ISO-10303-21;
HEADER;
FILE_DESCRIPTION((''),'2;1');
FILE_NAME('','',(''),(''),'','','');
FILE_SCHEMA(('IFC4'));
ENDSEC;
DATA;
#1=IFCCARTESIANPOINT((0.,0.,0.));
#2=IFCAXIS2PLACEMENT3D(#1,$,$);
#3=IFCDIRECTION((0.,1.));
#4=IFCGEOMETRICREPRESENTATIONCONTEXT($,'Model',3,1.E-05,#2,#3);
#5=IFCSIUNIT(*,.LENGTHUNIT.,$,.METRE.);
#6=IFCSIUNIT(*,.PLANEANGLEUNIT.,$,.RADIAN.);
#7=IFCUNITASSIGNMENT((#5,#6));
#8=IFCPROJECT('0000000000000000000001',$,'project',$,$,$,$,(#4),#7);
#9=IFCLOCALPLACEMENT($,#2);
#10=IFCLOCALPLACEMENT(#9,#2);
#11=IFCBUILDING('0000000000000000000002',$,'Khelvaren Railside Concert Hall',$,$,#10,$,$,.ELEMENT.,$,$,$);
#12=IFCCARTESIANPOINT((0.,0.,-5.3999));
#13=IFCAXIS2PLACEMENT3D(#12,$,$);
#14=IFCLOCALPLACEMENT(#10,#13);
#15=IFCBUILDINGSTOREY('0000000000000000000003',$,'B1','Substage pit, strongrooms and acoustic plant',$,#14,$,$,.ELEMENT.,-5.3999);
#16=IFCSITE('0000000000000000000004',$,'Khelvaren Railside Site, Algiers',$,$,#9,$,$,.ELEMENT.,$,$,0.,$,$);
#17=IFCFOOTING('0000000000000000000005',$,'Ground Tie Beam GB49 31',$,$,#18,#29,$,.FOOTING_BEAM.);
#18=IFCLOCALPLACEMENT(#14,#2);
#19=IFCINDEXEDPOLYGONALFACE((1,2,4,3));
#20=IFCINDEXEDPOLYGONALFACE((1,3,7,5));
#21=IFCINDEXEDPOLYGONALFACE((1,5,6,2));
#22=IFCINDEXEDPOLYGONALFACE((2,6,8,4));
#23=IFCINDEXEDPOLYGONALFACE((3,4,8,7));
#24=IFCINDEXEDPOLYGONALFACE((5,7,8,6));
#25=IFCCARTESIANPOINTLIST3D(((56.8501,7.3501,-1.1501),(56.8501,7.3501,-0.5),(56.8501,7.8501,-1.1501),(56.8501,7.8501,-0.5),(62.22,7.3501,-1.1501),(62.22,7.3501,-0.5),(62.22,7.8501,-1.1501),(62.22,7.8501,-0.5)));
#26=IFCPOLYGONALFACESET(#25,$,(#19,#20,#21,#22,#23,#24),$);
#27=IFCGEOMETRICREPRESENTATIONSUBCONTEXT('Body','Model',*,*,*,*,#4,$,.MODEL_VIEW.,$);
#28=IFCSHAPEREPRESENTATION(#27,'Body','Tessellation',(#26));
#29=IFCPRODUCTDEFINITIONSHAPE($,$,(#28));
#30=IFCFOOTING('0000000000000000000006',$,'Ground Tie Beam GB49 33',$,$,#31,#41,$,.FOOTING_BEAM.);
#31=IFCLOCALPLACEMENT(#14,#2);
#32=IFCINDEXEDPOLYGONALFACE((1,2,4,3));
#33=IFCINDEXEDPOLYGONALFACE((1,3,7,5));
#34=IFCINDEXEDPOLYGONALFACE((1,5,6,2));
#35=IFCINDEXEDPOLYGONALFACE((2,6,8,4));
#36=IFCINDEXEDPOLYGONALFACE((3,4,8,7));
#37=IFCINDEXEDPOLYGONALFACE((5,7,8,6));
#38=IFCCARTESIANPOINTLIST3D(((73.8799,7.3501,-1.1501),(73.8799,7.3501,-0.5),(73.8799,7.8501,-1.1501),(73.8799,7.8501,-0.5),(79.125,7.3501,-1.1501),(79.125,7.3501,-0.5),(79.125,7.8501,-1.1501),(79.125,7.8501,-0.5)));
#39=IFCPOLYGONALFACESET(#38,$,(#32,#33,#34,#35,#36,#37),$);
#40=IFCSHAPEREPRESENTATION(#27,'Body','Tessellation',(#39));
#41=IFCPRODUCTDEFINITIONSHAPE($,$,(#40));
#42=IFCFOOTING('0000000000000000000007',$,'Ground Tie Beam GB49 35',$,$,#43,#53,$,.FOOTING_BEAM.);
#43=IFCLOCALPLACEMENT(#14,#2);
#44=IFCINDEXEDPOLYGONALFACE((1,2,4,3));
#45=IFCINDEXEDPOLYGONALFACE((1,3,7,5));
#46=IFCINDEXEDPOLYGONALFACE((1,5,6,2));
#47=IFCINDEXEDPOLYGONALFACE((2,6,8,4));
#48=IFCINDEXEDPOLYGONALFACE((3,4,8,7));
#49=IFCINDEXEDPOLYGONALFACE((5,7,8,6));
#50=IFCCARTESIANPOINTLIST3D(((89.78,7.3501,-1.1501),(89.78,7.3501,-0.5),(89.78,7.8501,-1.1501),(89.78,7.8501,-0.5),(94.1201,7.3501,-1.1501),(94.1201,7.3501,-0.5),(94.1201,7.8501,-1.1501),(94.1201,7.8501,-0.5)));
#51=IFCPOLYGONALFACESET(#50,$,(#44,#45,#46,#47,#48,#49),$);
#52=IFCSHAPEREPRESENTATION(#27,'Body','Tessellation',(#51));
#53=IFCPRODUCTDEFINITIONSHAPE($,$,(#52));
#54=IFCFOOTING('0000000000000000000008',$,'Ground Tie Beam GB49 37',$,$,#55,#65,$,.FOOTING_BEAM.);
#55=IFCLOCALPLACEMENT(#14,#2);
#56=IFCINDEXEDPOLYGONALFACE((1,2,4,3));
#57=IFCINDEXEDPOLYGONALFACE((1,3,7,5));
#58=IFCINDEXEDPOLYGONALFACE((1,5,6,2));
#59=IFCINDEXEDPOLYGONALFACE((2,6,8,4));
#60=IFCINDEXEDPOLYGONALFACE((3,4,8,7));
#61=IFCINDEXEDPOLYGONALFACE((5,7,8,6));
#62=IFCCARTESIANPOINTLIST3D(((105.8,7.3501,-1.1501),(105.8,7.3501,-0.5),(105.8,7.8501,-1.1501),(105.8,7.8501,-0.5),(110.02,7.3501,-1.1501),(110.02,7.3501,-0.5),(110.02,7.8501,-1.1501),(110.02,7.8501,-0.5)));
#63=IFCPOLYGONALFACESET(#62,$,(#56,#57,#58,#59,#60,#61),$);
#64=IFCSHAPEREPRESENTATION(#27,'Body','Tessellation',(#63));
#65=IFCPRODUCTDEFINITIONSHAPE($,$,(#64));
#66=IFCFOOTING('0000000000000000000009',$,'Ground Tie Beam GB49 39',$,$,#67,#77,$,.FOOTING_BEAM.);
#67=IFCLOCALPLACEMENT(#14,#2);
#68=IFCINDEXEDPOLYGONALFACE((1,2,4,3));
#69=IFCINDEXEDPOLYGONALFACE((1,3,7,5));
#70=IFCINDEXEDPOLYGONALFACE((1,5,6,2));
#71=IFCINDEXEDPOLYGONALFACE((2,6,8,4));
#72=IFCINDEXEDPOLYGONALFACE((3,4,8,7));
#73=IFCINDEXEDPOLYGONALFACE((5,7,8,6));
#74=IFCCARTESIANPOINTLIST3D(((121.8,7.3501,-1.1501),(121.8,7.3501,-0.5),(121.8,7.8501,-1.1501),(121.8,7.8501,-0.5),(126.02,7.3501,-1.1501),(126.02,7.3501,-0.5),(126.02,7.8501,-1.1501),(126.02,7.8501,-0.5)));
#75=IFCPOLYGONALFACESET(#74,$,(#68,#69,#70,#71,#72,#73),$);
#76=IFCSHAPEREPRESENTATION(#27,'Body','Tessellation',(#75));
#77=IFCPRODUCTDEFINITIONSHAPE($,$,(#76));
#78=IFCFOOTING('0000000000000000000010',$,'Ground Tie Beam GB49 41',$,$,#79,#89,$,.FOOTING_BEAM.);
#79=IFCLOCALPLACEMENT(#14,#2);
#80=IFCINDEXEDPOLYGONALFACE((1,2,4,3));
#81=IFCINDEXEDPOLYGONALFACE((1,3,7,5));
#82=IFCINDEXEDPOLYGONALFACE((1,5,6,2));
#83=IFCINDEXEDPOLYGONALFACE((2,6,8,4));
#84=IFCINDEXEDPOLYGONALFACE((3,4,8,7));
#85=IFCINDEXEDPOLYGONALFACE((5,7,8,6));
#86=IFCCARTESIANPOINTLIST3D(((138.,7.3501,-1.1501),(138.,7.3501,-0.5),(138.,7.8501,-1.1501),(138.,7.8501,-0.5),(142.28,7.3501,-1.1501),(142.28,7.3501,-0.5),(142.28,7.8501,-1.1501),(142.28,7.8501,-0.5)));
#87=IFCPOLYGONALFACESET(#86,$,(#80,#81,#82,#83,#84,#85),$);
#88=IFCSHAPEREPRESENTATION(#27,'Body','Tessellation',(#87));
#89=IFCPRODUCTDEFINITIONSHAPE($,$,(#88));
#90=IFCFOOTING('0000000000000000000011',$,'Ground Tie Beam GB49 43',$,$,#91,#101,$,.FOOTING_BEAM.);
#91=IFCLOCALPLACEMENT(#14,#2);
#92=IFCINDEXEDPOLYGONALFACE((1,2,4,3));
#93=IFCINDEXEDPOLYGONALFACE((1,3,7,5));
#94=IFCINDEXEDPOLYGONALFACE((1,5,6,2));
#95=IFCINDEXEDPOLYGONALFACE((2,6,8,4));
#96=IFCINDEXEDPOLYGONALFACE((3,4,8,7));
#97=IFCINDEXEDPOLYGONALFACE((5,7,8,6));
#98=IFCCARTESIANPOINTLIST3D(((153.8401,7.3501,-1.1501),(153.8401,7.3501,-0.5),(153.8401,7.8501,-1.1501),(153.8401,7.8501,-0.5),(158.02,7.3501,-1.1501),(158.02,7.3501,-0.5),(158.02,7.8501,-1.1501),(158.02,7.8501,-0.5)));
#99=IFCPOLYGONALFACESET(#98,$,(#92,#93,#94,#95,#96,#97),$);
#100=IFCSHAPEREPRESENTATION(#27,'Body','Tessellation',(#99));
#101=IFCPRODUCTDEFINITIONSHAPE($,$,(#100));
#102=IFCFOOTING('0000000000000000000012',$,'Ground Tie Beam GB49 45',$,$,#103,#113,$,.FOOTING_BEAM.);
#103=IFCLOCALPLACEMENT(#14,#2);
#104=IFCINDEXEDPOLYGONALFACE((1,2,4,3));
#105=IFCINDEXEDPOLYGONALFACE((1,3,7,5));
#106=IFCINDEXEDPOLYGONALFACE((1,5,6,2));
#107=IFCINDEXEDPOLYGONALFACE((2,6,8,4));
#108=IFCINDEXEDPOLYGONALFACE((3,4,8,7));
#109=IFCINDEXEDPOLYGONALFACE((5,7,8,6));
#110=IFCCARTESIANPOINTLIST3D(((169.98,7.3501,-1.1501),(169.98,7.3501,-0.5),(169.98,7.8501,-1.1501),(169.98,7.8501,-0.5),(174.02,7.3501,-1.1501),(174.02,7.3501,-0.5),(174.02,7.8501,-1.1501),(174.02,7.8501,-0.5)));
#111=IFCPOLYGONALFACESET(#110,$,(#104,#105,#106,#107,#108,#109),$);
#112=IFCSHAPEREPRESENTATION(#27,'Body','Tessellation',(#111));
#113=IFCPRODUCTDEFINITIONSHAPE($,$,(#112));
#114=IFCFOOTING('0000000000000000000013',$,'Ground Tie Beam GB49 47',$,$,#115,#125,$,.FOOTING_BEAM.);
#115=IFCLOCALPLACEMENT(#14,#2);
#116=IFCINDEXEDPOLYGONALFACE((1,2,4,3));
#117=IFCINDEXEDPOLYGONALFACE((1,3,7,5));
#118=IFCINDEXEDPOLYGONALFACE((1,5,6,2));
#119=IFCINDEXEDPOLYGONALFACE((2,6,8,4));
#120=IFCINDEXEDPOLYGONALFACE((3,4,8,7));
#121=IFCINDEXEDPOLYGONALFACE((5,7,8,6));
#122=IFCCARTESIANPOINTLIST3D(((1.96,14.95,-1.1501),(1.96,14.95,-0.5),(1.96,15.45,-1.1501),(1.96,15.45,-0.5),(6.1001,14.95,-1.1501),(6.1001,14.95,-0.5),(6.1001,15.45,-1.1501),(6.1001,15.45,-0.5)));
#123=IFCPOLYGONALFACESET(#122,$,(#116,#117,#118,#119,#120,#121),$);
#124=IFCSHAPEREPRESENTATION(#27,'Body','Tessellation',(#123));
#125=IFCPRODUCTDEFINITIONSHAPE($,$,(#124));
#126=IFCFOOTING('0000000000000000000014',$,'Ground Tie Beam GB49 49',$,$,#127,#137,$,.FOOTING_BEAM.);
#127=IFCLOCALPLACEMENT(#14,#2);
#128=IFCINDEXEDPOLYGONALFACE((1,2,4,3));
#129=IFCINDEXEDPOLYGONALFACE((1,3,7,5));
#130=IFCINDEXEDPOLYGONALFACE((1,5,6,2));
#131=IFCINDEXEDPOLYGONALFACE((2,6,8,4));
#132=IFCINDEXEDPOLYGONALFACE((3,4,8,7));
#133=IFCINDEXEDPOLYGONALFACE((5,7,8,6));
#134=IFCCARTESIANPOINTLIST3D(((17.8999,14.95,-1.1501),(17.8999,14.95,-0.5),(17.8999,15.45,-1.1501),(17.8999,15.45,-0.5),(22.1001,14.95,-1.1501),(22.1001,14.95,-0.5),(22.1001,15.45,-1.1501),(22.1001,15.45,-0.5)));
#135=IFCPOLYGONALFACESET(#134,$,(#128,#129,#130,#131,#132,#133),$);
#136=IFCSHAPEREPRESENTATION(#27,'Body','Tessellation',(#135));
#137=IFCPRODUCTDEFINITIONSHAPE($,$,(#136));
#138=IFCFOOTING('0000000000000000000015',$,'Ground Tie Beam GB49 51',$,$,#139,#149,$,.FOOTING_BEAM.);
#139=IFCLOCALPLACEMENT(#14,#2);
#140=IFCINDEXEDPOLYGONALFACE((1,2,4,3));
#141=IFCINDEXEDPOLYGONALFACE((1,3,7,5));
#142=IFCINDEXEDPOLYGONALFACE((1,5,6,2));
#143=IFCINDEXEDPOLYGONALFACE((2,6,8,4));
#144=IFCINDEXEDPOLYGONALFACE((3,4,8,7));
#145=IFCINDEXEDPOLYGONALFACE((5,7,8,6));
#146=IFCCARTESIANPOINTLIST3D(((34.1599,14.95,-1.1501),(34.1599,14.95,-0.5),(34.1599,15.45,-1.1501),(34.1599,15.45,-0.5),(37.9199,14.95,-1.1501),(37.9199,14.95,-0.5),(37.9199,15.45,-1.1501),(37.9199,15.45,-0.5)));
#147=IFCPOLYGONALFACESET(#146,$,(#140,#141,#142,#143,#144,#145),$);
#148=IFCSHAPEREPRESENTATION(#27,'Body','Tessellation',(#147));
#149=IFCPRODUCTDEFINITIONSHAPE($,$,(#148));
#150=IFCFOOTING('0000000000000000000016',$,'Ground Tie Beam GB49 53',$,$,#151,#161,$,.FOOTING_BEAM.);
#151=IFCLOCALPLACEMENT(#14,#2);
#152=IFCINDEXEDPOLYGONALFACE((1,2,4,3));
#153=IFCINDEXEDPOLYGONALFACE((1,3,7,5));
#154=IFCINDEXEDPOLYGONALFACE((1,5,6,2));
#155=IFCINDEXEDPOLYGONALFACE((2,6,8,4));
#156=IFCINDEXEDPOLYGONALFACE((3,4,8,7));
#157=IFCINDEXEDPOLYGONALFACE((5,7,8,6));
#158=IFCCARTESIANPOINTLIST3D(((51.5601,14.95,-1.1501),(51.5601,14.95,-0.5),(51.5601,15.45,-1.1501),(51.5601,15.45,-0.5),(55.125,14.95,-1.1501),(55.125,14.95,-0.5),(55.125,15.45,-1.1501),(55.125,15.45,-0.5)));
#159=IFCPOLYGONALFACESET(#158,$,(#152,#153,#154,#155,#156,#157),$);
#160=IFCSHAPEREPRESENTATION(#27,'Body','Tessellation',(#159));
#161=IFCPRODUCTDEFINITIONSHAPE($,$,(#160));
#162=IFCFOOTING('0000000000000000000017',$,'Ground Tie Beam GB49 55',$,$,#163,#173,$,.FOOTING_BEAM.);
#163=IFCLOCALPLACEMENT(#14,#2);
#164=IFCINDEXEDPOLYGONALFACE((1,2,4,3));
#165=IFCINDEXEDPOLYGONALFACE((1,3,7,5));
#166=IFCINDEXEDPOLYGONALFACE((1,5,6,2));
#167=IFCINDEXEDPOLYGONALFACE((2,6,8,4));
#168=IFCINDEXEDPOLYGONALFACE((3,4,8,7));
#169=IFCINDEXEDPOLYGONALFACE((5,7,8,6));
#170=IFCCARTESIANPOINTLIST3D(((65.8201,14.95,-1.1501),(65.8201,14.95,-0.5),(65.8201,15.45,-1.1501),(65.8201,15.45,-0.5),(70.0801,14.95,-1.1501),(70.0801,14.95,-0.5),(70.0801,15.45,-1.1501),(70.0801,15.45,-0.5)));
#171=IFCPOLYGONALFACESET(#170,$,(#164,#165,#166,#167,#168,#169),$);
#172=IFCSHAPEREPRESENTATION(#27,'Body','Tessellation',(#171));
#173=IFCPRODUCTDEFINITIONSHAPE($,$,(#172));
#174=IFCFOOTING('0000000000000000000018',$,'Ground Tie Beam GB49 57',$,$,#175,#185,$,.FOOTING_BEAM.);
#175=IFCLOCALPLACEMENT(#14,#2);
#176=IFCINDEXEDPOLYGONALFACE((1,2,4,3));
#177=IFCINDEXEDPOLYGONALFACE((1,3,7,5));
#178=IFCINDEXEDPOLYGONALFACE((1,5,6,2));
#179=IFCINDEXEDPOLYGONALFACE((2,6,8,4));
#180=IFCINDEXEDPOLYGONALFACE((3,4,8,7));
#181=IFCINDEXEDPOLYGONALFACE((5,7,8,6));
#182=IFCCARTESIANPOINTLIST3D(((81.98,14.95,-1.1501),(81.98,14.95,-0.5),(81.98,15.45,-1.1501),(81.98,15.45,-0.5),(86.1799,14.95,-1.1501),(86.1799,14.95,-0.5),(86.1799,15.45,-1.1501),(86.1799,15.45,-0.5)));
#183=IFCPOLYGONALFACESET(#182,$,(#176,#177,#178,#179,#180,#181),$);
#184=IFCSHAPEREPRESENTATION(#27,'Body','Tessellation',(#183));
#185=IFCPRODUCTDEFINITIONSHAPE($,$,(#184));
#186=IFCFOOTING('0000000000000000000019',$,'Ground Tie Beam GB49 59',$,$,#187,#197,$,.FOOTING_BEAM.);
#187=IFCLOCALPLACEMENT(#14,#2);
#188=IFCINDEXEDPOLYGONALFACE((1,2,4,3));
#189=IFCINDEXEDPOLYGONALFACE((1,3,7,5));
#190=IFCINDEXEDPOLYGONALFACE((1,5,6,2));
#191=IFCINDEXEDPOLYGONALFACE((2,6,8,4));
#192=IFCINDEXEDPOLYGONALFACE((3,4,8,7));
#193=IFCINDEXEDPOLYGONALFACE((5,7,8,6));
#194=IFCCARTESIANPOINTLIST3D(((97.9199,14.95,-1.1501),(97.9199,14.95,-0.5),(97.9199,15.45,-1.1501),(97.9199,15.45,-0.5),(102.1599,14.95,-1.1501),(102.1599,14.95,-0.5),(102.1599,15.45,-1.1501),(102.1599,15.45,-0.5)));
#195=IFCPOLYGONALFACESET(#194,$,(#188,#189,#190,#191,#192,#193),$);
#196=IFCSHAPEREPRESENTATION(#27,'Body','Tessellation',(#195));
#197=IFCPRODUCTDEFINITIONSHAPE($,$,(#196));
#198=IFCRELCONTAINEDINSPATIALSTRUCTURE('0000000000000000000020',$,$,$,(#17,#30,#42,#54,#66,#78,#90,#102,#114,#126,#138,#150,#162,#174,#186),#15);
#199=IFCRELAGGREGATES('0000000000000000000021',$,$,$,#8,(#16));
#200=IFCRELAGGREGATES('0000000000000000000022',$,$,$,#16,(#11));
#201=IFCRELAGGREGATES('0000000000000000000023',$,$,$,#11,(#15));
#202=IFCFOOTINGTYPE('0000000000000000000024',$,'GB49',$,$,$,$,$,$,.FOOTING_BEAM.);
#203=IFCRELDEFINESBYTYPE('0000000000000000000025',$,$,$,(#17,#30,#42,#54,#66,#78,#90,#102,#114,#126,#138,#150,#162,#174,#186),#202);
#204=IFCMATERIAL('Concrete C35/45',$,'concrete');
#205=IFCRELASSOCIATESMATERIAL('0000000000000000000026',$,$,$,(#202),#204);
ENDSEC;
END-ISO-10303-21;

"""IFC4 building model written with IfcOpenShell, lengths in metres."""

from ifc_helpers import new_model, si_unit, direction, frame, origin, place, context, subcontext, project, spatial, polyline, outline, extrude, material, type_object, element, save


model = new_model("IFC4")

# Units and contexts
model_context = context("Model", 3, precision=1e-05, world=origin(), true_north=direction((0.0, 1.0)))
body_context = subcontext(model_context, "Body", "Model", "MODEL_VIEW")
ifc_project = project(units=[si_unit("LENGTHUNIT", "METRE"), si_unit("PLANEANGLEUNIT", "RADIAN")], contexts=[model_context])

# Site, building, storey
site_placement = place(None, origin())
site = spatial("IfcSite", under=ifc_project, at=site_placement, Name="Khelvaren Railside Site, Algiers", CompositionType="ELEMENT", RefElevation=0.0)
building_placement = place(site_placement, origin())
building = spatial("IfcBuilding", under=site, at=building_placement, Name="Khelvaren Railside Concert Hall", CompositionType="ELEMENT")
storey_placement = place(building_placement, frame((0.0, 0.0, -5.3999)))
storey = spatial("IfcBuildingStorey", under=building, at=storey_placement, Name="B1", Description="Substage pit, strongrooms and acoustic plant", CompositionType="ELEMENT", Elevation=-5.3999)

# Footings
ifc_material = material(Name="Concrete C35/45", Category="concrete")
footing_type_1 = type_object("IfcFootingType", Name="GB49", PredefinedType="FOOTING_BEAM", material=ifc_material)
footing_1_placement = place(storey_placement, frame((0.0, 0.0, -1.1501)))
element("IfcFooting", 1, at=footing_1_placement, inside=storey, type_object=footing_type_1, Name="Ground Tie Beam GB49 31", PredefinedType="FOOTING_BEAM", context=body_context, shape_type="SweptSolid", body=[
    extrude(outline(polyline([(56.8501, 7.3501), (62.22, 7.3501), (62.22, 7.8501), (56.8501, 7.8501), (56.8501, 7.3501)])), origin(), (0.0, 0.0, 1.0), 0.6501),
])
footing_2_placement = place(storey_placement, frame((0.0, 0.0, -1.1501)))
element("IfcFooting", 2, at=footing_2_placement, inside=storey, type_object=footing_type_1, Name="Ground Tie Beam GB49 33", PredefinedType="FOOTING_BEAM", context=body_context, shape_type="SweptSolid", body=[
    extrude(outline(polyline([(73.8799, 7.3501), (79.125, 7.3501), (79.125, 7.8501), (73.8799, 7.8501), (73.8799, 7.3501)])), origin(), (0.0, 0.0, 1.0), 0.6501),
])
footing_3_placement = place(storey_placement, frame((0.0, 0.0, -1.1501)))
element("IfcFooting", 3, at=footing_3_placement, inside=storey, type_object=footing_type_1, Name="Ground Tie Beam GB49 35", PredefinedType="FOOTING_BEAM", context=body_context, shape_type="SweptSolid", body=[
    extrude(outline(polyline([(89.78, 7.3501), (94.1201, 7.3501), (94.1201, 7.8501), (89.78, 7.8501), (89.78, 7.3501)])), origin(), (0.0, 0.0, 1.0), 0.6501),
])
footing_4_placement = place(storey_placement, frame((0.0, 0.0, -1.1501)))
element("IfcFooting", 4, at=footing_4_placement, inside=storey, type_object=footing_type_1, Name="Ground Tie Beam GB49 37", PredefinedType="FOOTING_BEAM", context=body_context, shape_type="SweptSolid", body=[
    extrude(outline(polyline([(105.8, 7.3501), (110.02, 7.3501), (110.02, 7.8501), (105.8, 7.8501), (105.8, 7.3501)])), origin(), (0.0, 0.0, 1.0), 0.6501),
])
footing_5_placement = place(storey_placement, frame((0.0, 0.0, -1.1501)))
element("IfcFooting", 5, at=footing_5_placement, inside=storey, type_object=footing_type_1, Name="Ground Tie Beam GB49 39", PredefinedType="FOOTING_BEAM", context=body_context, shape_type="SweptSolid", body=[
    extrude(outline(polyline([(121.8, 7.3501), (126.02, 7.3501), (126.02, 7.8501), (121.8, 7.8501), (121.8, 7.3501)])), origin(), (0.0, 0.0, 1.0), 0.6501),
])
footing_6_placement = place(storey_placement, frame((0.0, 0.0, -1.1501)))
element("IfcFooting", 6, at=footing_6_placement, inside=storey, type_object=footing_type_1, Name="Ground Tie Beam GB49 41", PredefinedType="FOOTING_BEAM", context=body_context, shape_type="SweptSolid", body=[
    extrude(outline(polyline([(138.0, 7.3501), (142.28, 7.3501), (142.28, 7.8501), (138.0, 7.8501), (138.0, 7.3501)])), origin(), (0.0, 0.0, 1.0), 0.6501),
])
footing_7_placement = place(storey_placement, frame((0.0, 0.0, -1.1501)))
element("IfcFooting", 7, at=footing_7_placement, inside=storey, type_object=footing_type_1, Name="Ground Tie Beam GB49 43", PredefinedType="FOOTING_BEAM", context=body_context, shape_type="SweptSolid", body=[
    extrude(outline(polyline([(153.8401, 7.3501), (158.02, 7.3501), (158.02, 7.8501), (153.8401, 7.8501), (153.8401, 7.3501)])), origin(), (0.0, 0.0, 1.0), 0.6501),
])
footing_8_placement = place(storey_placement, frame((0.0, 0.0, -1.1501)))
element("IfcFooting", 8, at=footing_8_placement, inside=storey, type_object=footing_type_1, Name="Ground Tie Beam GB49 45", PredefinedType="FOOTING_BEAM", context=body_context, shape_type="SweptSolid", body=[
    extrude(outline(polyline([(169.98, 7.3501), (174.02, 7.3501), (174.02, 7.8501), (169.98, 7.8501), (169.98, 7.3501)])), origin(), (0.0, 0.0, 1.0), 0.6501),
])
footing_9_placement = place(storey_placement, frame((0.0, 0.0, -1.1501)))
element("IfcFooting", 9, at=footing_9_placement, inside=storey, type_object=footing_type_1, Name="Ground Tie Beam GB49 47", PredefinedType="FOOTING_BEAM", context=body_context, shape_type="SweptSolid", body=[
    extrude(outline(polyline([(1.96, 14.95), (6.1001, 14.95), (6.1001, 15.45), (1.96, 15.45), (1.96, 14.95)])), origin(), (0.0, 0.0, 1.0), 0.6501),
])
footing_10_placement = place(storey_placement, frame((0.0, 0.0, -1.1501)))
element("IfcFooting", 10, at=footing_10_placement, inside=storey, type_object=footing_type_1, Name="Ground Tie Beam GB49 49", PredefinedType="FOOTING_BEAM", context=body_context, shape_type="SweptSolid", body=[
    extrude(outline(polyline([(17.8999, 14.95), (22.1001, 14.95), (22.1001, 15.45), (17.8999, 15.45), (17.8999, 14.95)])), origin(), (0.0, 0.0, 1.0), 0.6501),
])
footing_11_placement = place(storey_placement, frame((0.0, 0.0, -1.1501)))
element("IfcFooting", 11, at=footing_11_placement, inside=storey, type_object=footing_type_1, Name="Ground Tie Beam GB49 51", PredefinedType="FOOTING_BEAM", context=body_context, shape_type="SweptSolid", body=[
    extrude(outline(polyline([(34.1599, 14.95), (37.9199, 14.95), (37.9199, 15.45), (34.1599, 15.45), (34.1599, 14.95)])), origin(), (0.0, 0.0, 1.0), 0.6501),
])
footing_12_placement = place(storey_placement, frame((0.0, 0.0, -1.1501)))
element("IfcFooting", 12, at=footing_12_placement, inside=storey, type_object=footing_type_1, Name="Ground Tie Beam GB49 53", PredefinedType="FOOTING_BEAM", context=body_context, shape_type="SweptSolid", body=[
    extrude(outline(polyline([(51.5601, 14.95), (55.125, 14.95), (55.125, 15.45), (51.5601, 15.45), (51.5601, 14.95)])), origin(), (0.0, 0.0, 1.0), 0.6501),
])
footing_13_placement = place(storey_placement, frame((0.0, 0.0, -1.1501)))
element("IfcFooting", 13, at=footing_13_placement, inside=storey, type_object=footing_type_1, Name="Ground Tie Beam GB49 55", PredefinedType="FOOTING_BEAM", context=body_context, shape_type="SweptSolid", body=[
    extrude(outline(polyline([(65.8201, 14.95), (70.0801, 14.95), (70.0801, 15.45), (65.8201, 15.45), (65.8201, 14.95)])), origin(), (0.0, 0.0, 1.0), 0.6501),
])
footing_14_placement = place(storey_placement, frame((0.0, 0.0, -1.1501)))
element("IfcFooting", 14, at=footing_14_placement, inside=storey, type_object=footing_type_1, Name="Ground Tie Beam GB49 57", PredefinedType="FOOTING_BEAM", context=body_context, shape_type="SweptSolid", body=[
    extrude(outline(polyline([(81.98, 14.95), (86.1799, 14.95), (86.1799, 15.45), (81.98, 15.45), (81.98, 14.95)])), origin(), (0.0, 0.0, 1.0), 0.6501),
])
footing_15_placement = place(storey_placement, frame((0.0, 0.0, -1.1501)))
element("IfcFooting", 15, at=footing_15_placement, inside=storey, type_object=footing_type_1, Name="Ground Tie Beam GB49 59", PredefinedType="FOOTING_BEAM", context=body_context, shape_type="SweptSolid", body=[
    extrude(outline(polyline([(97.9199, 14.95), (102.1599, 14.95), (102.1599, 15.45), (97.9199, 15.45), (97.9199, 14.95)])), origin(), (0.0, 0.0, 1.0), 0.6501),
])

save(model, "model.ifc")
